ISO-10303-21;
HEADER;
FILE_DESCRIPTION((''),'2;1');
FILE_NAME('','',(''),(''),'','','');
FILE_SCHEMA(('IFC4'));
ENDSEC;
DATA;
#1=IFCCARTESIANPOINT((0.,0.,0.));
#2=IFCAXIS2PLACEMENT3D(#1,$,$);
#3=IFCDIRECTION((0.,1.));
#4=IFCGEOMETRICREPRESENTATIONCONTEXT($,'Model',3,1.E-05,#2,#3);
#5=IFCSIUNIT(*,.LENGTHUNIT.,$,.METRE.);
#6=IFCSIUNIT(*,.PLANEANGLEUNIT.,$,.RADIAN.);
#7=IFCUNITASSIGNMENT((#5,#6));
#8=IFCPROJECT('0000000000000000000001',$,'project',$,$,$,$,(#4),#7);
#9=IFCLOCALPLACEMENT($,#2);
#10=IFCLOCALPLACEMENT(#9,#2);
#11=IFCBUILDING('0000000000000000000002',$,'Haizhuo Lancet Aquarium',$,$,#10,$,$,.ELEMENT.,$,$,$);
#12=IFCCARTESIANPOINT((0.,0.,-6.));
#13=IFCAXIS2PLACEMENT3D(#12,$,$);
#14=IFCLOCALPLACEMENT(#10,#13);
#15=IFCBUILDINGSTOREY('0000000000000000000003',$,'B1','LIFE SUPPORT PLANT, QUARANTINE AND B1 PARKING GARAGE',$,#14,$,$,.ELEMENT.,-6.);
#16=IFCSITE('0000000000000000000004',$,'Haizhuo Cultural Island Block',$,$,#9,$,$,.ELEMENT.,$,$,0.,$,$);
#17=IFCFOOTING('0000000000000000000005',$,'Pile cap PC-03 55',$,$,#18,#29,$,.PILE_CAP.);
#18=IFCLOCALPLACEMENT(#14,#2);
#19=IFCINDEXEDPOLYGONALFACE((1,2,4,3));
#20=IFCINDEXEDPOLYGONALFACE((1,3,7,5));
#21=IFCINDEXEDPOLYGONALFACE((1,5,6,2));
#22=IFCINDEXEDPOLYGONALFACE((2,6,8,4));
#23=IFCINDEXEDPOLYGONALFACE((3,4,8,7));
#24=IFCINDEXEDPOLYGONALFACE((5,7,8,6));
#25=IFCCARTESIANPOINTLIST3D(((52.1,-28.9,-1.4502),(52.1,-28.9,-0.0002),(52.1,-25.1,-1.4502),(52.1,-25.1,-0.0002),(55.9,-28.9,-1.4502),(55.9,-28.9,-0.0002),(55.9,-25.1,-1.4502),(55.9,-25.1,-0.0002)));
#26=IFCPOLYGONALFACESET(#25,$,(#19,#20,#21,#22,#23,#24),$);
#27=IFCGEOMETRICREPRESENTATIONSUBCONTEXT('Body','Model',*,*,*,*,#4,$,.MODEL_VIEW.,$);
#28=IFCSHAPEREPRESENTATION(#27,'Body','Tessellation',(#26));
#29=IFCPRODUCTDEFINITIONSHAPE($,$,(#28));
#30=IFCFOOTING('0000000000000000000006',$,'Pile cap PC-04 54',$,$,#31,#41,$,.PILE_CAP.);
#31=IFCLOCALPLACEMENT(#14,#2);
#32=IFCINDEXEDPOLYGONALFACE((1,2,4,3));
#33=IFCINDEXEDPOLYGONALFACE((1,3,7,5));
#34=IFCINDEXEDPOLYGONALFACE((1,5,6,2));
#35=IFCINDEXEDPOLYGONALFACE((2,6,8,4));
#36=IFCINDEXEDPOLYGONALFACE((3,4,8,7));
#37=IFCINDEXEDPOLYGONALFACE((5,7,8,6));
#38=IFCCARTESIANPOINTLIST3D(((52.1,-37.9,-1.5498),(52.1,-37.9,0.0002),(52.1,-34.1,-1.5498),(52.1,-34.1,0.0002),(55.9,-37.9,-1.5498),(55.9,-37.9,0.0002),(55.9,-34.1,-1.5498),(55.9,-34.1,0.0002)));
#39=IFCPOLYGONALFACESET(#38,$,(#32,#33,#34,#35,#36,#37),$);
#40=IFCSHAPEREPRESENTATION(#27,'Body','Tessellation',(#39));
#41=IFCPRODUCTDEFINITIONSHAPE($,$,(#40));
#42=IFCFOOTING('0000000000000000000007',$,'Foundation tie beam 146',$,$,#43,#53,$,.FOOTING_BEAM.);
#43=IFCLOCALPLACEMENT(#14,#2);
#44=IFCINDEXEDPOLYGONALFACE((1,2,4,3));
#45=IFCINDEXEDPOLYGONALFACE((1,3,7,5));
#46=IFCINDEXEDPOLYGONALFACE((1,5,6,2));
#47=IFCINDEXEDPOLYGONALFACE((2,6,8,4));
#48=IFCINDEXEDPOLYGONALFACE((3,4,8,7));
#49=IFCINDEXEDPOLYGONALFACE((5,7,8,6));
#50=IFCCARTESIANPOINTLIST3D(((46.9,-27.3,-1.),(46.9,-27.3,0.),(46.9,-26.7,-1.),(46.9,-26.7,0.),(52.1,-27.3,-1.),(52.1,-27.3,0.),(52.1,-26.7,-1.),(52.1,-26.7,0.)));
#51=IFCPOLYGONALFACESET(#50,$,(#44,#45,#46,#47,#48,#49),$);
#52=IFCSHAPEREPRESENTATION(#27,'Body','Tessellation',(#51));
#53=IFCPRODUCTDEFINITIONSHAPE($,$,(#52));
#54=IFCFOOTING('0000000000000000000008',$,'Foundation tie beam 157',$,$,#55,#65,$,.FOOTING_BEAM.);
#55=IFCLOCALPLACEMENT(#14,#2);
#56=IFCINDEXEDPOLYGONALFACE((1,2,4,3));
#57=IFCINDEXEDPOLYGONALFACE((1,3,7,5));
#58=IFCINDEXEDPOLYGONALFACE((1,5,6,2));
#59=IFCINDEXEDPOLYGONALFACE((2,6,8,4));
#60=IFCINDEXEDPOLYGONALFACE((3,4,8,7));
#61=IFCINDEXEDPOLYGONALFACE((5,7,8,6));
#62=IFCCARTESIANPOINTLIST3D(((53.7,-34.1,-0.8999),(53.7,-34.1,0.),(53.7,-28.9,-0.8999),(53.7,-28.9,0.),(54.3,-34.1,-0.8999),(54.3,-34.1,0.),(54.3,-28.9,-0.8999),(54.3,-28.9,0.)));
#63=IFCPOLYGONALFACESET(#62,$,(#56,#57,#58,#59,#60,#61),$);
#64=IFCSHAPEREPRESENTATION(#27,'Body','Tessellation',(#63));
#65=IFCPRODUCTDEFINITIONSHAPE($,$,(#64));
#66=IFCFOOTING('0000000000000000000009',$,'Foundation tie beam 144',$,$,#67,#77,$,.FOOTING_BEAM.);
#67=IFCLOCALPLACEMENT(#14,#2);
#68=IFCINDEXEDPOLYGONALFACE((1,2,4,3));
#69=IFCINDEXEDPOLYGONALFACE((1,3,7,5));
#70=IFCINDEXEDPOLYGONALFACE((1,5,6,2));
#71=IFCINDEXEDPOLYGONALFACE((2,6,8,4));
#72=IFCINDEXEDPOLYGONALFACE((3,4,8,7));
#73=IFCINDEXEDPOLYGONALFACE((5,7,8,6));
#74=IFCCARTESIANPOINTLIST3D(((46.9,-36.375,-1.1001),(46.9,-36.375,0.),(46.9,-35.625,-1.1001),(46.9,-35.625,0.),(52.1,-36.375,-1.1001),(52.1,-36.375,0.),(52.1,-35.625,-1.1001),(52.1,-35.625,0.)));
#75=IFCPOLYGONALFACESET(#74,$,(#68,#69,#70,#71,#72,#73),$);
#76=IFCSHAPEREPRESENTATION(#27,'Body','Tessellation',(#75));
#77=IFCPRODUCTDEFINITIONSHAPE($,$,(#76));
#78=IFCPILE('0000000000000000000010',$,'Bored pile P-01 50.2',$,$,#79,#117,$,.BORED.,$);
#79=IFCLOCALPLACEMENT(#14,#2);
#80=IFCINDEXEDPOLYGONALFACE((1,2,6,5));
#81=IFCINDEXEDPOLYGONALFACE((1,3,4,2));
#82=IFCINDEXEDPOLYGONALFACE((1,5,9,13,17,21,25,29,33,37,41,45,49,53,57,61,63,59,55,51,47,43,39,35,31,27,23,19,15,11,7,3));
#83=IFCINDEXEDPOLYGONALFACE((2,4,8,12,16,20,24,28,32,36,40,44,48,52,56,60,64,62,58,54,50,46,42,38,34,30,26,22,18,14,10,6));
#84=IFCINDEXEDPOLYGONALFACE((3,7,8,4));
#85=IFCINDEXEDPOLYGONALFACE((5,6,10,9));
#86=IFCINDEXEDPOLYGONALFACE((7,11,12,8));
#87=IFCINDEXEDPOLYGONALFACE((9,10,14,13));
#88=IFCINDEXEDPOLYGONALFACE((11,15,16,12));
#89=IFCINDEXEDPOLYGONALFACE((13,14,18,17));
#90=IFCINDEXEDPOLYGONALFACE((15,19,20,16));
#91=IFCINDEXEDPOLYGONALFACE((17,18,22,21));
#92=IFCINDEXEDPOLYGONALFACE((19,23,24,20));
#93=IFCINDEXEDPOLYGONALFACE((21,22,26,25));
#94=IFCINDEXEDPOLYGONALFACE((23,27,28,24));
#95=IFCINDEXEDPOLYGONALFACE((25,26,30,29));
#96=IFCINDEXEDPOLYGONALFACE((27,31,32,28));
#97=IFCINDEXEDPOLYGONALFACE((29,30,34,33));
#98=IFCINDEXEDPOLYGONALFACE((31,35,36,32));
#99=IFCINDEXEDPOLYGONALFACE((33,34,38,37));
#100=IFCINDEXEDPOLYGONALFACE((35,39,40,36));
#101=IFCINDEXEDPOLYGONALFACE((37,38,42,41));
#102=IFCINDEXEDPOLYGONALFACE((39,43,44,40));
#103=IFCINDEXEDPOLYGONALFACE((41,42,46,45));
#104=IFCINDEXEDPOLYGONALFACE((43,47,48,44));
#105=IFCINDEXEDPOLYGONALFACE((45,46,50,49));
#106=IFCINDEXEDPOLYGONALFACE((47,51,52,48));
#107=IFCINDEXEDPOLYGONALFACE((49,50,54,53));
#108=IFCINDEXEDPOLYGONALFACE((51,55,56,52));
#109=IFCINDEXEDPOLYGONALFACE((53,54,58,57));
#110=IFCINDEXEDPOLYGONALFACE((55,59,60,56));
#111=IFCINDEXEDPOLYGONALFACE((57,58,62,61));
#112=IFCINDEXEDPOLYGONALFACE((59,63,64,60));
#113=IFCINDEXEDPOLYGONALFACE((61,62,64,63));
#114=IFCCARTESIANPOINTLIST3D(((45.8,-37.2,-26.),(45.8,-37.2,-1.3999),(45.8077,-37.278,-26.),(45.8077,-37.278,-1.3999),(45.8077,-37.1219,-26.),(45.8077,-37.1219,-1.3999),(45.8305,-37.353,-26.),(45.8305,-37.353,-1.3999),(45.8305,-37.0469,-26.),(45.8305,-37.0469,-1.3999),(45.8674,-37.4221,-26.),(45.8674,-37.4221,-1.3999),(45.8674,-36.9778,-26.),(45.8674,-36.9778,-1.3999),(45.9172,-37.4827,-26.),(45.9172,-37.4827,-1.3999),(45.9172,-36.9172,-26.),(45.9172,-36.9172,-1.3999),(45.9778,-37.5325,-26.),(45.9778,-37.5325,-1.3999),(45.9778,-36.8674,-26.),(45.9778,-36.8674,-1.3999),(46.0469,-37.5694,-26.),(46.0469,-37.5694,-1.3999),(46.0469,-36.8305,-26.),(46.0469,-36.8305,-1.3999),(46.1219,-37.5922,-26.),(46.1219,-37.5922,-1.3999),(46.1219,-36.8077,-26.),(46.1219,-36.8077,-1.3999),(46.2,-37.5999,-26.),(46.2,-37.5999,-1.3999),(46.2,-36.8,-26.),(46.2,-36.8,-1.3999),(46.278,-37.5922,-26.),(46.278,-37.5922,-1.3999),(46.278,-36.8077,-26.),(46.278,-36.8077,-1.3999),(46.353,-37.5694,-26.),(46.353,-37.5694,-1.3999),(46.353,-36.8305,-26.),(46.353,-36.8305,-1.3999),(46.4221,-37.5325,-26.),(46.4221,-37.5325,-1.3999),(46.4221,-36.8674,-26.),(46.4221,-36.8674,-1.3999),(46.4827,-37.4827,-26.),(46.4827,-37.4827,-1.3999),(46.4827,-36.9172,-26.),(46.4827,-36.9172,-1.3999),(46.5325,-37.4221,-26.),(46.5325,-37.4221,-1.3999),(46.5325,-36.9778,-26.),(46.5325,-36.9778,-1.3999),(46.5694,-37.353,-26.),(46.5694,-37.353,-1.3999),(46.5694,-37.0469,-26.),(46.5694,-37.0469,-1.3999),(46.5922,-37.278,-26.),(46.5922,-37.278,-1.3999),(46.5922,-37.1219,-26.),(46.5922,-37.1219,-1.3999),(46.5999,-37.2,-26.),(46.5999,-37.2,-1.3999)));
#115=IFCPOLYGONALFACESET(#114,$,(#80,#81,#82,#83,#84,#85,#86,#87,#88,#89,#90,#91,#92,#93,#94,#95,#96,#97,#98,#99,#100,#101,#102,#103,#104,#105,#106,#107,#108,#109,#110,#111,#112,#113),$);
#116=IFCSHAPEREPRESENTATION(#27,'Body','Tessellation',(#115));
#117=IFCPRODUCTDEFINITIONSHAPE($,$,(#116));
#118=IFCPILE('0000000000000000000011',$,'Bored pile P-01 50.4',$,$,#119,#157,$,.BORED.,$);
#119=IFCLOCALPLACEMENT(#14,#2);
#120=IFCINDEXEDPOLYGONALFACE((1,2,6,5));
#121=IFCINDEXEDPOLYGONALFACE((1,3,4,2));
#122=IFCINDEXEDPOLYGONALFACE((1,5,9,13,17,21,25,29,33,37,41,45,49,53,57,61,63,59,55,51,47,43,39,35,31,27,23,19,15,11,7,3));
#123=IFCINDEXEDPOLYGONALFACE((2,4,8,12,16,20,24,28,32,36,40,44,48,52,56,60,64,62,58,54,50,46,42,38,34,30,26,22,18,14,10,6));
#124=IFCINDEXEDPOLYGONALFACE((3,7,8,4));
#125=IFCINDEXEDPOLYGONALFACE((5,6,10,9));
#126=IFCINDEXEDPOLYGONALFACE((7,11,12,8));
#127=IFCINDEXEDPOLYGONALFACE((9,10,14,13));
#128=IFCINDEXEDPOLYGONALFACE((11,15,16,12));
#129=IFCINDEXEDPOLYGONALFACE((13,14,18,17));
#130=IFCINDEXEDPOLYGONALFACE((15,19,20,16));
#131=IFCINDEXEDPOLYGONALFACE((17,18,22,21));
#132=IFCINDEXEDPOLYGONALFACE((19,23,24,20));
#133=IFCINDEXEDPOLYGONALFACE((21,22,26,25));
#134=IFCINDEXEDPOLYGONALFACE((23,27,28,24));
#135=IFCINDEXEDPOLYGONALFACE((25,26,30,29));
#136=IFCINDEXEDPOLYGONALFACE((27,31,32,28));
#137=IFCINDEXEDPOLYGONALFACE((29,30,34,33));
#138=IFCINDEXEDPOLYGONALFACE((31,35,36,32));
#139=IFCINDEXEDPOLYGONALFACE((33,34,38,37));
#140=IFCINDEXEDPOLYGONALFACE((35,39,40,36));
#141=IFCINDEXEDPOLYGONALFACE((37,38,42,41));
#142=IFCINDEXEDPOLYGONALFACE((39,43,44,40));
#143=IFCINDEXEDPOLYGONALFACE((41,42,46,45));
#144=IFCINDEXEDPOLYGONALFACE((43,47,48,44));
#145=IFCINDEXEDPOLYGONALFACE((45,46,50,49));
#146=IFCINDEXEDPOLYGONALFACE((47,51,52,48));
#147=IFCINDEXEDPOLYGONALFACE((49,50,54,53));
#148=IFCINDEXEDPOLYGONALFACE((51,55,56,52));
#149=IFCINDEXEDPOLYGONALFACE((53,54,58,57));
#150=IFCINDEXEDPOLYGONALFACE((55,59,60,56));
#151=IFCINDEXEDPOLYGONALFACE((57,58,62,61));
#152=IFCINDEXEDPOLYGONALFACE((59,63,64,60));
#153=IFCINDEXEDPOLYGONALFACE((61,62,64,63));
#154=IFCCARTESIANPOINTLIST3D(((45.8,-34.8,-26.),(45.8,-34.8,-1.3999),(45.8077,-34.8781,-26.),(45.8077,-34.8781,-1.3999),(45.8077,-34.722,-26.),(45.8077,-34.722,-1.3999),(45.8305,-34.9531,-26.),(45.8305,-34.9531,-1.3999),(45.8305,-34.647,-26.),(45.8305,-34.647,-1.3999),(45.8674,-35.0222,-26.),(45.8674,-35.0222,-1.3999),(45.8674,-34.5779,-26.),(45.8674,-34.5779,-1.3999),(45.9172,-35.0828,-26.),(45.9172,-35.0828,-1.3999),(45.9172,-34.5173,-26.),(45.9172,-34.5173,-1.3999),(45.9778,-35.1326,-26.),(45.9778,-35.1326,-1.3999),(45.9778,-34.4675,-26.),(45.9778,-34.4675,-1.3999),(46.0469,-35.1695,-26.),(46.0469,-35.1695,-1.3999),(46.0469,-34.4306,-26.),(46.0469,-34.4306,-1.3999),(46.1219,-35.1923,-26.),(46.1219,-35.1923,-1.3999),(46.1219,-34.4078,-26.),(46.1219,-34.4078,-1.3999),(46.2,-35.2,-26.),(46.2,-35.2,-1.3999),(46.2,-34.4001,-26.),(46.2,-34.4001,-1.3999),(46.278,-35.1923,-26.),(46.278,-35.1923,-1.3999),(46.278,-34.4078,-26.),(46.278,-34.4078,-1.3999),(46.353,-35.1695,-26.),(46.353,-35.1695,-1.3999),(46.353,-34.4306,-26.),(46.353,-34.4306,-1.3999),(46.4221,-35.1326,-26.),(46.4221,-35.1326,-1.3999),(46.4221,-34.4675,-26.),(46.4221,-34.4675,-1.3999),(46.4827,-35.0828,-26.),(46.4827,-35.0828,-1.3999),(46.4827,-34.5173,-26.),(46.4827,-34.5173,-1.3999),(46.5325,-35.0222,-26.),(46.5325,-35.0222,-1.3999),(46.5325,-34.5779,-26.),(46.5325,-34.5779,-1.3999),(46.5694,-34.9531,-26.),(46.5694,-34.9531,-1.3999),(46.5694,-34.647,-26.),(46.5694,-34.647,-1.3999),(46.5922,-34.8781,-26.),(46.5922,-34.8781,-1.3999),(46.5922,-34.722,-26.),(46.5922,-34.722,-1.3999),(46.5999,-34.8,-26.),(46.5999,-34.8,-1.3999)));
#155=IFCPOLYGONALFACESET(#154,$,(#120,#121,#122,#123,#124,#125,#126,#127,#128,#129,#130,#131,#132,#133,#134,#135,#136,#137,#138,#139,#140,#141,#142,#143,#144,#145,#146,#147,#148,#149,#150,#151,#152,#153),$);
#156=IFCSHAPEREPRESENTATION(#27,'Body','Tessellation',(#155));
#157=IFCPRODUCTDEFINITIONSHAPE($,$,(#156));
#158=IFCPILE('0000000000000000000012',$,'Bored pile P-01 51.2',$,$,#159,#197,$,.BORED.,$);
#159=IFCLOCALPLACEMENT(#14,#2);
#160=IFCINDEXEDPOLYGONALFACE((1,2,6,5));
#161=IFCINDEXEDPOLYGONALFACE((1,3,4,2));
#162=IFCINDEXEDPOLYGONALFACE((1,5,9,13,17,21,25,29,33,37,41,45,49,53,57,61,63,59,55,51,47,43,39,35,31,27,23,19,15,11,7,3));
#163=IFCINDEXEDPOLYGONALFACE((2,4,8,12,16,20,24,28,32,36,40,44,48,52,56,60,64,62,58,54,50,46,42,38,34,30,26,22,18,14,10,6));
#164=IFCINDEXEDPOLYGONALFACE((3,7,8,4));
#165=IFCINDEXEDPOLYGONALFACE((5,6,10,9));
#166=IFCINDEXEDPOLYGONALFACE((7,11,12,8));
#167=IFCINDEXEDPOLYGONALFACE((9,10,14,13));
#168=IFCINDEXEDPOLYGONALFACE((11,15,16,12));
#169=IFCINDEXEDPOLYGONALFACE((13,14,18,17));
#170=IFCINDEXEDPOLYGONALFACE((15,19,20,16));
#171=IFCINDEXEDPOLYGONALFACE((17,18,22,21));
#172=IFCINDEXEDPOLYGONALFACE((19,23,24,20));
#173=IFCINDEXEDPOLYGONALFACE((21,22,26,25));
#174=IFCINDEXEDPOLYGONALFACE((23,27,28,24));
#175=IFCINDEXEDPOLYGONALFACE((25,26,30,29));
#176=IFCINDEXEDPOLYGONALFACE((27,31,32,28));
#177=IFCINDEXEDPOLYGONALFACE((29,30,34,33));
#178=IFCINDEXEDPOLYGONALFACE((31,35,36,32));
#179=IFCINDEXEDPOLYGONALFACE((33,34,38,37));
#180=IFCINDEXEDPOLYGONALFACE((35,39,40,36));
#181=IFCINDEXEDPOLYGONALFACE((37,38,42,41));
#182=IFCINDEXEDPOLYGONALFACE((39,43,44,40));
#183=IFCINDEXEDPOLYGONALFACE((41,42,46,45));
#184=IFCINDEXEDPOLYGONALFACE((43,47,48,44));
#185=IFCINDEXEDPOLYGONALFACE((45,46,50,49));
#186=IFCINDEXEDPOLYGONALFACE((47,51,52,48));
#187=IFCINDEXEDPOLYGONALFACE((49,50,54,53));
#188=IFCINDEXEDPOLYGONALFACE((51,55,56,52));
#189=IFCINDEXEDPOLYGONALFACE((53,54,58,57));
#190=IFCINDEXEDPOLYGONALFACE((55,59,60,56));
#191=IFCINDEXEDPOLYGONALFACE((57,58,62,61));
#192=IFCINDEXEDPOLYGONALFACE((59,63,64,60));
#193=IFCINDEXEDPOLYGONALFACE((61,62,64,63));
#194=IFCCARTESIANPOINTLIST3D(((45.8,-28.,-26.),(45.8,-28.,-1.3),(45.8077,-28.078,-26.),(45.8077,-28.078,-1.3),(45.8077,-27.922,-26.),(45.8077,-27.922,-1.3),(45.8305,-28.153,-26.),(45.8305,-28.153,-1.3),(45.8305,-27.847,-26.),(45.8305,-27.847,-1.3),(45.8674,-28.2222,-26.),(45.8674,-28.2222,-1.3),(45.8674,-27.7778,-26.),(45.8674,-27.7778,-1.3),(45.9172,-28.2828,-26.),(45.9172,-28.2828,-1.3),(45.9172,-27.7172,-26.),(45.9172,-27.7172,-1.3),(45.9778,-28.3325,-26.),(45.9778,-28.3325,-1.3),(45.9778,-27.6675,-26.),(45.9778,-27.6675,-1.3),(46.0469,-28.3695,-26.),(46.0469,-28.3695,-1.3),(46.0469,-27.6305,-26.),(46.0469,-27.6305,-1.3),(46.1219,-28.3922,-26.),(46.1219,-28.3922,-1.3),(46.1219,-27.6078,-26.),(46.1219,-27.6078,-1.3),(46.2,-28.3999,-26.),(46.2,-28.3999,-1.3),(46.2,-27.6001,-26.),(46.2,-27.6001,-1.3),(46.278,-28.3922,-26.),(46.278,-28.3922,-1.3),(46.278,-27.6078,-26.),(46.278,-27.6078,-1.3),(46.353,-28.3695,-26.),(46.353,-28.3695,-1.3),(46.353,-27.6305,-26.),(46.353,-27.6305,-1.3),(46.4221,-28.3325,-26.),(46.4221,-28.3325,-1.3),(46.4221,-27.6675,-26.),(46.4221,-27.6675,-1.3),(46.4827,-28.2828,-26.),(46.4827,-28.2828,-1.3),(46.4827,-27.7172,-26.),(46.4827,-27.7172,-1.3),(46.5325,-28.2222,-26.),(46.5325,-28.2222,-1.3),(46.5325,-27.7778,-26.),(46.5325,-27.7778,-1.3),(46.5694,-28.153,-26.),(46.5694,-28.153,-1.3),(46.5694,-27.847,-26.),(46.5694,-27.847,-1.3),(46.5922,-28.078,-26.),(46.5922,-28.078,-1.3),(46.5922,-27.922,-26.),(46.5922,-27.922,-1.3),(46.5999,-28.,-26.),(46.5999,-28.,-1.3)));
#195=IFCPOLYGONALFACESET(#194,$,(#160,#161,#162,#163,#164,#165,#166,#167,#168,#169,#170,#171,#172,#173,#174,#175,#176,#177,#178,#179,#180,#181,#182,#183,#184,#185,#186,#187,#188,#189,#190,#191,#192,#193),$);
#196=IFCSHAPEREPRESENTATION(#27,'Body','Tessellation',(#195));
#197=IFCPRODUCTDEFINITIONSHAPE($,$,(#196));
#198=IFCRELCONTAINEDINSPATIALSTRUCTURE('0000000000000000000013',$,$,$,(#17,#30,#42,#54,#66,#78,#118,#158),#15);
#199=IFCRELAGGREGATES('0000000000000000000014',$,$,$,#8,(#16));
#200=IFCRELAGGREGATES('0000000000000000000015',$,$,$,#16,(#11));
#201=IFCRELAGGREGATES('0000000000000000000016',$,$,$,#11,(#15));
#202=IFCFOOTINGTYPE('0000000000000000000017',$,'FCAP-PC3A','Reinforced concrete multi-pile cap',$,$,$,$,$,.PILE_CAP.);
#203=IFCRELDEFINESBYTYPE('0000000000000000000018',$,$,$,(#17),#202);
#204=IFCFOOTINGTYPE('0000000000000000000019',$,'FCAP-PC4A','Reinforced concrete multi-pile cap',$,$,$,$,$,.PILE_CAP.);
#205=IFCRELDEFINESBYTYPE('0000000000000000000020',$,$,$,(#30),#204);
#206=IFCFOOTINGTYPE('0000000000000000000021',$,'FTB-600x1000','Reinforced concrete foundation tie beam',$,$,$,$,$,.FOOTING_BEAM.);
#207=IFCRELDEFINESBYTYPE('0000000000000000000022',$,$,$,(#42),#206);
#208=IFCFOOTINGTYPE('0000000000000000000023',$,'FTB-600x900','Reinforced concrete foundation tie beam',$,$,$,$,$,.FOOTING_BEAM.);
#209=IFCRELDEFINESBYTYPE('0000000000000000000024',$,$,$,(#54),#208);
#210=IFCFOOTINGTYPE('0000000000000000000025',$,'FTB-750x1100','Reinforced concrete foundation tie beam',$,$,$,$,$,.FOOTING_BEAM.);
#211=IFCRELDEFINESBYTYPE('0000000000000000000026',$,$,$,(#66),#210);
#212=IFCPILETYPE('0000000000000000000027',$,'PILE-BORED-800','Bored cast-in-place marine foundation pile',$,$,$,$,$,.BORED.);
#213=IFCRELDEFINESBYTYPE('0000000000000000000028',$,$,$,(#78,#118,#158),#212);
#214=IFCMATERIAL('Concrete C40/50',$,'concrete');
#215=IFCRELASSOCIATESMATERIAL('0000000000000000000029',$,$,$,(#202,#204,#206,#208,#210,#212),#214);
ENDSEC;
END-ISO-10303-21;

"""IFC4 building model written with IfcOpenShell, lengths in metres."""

from ifc_helpers import new_model, si_unit, direction, frame, origin, origin_2d, place, context, subcontext, project, spatial, rectangle, circle, extrude, material, material_profile, profile_set, type_object, element, save


model = new_model("IFC4")

# Units and contexts
model_context = context("Model", 3, precision=1e-05, world=origin(), true_north=direction((0.0, 1.0)))
body_context = subcontext(model_context, "Body", "Model", "MODEL_VIEW")
ifc_project = project(units=[si_unit("LENGTHUNIT", "METRE"), si_unit("PLANEANGLEUNIT", "RADIAN")], contexts=[model_context])

# Site, building, storey
site_placement = place(None, origin())
site = spatial("IfcSite", under=ifc_project, at=site_placement, Name="Haizhuo Cultural Island Block", CompositionType="ELEMENT", RefElevation=0.0)
building_placement = place(site_placement, origin())
building = spatial("IfcBuilding", under=site, at=building_placement, Name="Haizhuo Lancet Aquarium", CompositionType="ELEMENT")
storey_placement = place(building_placement, frame((0.0, 0.0, -6.0)))
storey = spatial("IfcBuildingStorey", under=building, at=storey_placement, Name="B1", Description="LIFE SUPPORT PLANT, QUARANTINE AND B1 PARKING GARAGE", CompositionType="ELEMENT", Elevation=-6.0)

# Footings
ifc_material_1 = material(Name="Concrete C40/50", Category="concrete")
footing_type_1 = type_object("IfcFootingType", Name="FCAP-PC3A", Description="Reinforced concrete multi-pile cap", PredefinedType="PILE_CAP", material=ifc_material_1)
footing_1_placement = place(storey_placement, frame((54.0, -27.0, -1.4502), z_axis=(0.0, 0.0, 1.0), x_axis=(1.0, 0.0, 0.0)))
element("IfcFooting", 1, at=footing_1_placement, inside=storey, type_object=footing_type_1, Name="Pile cap PC-03 55", PredefinedType="PILE_CAP", context=body_context, shape_type="SweptSolid", body=[
    extrude(rectangle(XDim=3.8, YDim=3.8, at=origin_2d()), origin(), (0.0, 0.0, 1.0), 1.45),
])
footing_type_2 = type_object("IfcFootingType", Name="FCAP-PC4A", Description="Reinforced concrete multi-pile cap", PredefinedType="PILE_CAP", material=ifc_material_1)
footing_2_placement = place(storey_placement, frame((54.0, -36.0, -1.5498), z_axis=(0.0, 0.0, 1.0), x_axis=(1.0, 0.0, 0.0)))
element("IfcFooting", 2, at=footing_2_placement, inside=storey, type_object=footing_type_2, Name="Pile cap PC-04 54", PredefinedType="PILE_CAP", context=body_context, shape_type="SweptSolid", body=[
    extrude(rectangle(XDim=3.8, YDim=3.8, at=origin_2d()), origin(), (0.0, 0.0, 1.0), 1.55),
])
footing_type_3 = type_object("IfcFootingType", Name="FTB-600x1000", Description="Reinforced concrete foundation tie beam", PredefinedType="FOOTING_BEAM", material=ifc_material_1)
footing_3_placement = place(storey_placement, frame((49.5, -27.0, -1.0), z_axis=(0.0, 0.0, 1.0), x_axis=(1.0, 0.0, 0.0)))
element("IfcFooting", 3, at=footing_3_placement, inside=storey, type_object=footing_type_3, Name="Foundation tie beam 146", PredefinedType="FOOTING_BEAM", context=body_context, shape_type="SweptSolid", body=[
    extrude(rectangle(XDim=5.2, YDim=0.6001, at=origin_2d()), origin(), (0.0, 0.0, 1.0), 1.0),
])
footing_type_4 = type_object("IfcFootingType", Name="FTB-600x900", Description="Reinforced concrete foundation tie beam", PredefinedType="FOOTING_BEAM", material=ifc_material_1)
footing_4_placement = place(storey_placement, frame((54.0, -31.5, -0.8999), z_axis=(0.0, 0.0, 1.0), x_axis=(0.0, 1.0, 0.0)))
element("IfcFooting", 4, at=footing_4_placement, inside=storey, type_object=footing_type_4, Name="Foundation tie beam 157", PredefinedType="FOOTING_BEAM", context=body_context, shape_type="SweptSolid", body=[
    extrude(rectangle(XDim=5.2, YDim=0.6001, at=origin_2d()), origin(), (0.0, 0.0, 1.0), 0.8999),
])
footing_type_5 = type_object("IfcFootingType", Name="FTB-750x1100", Description="Reinforced concrete foundation tie beam", PredefinedType="FOOTING_BEAM", material=ifc_material_1)
footing_5_placement = place(storey_placement, frame((49.5, -36.0, -1.1001), z_axis=(0.0, 0.0, 1.0), x_axis=(1.0, 0.0, 0.0)))
element("IfcFooting", 5, at=footing_5_placement, inside=storey, type_object=footing_type_5, Name="Foundation tie beam 144", PredefinedType="FOOTING_BEAM", context=body_context, shape_type="SweptSolid", body=[
    extrude(rectangle(XDim=5.2, YDim=0.75, at=origin_2d()), origin(), (0.0, 0.0, 1.0), 1.1001),
])

# Piles
ifc_material_profile_1 = material_profile(ifc_material_1, circle(Radius=0.3999, at=origin_2d()), Name="PILE-800")
ifc_profile_set_1 = profile_set([ifc_material_profile_1], Name="Concrete C40/50")
pile_type = type_object("IfcPileType", Name="PILE-BORED-800", Description="Bored cast-in-place marine foundation pile", PredefinedType="BORED", material=ifc_profile_set_1)
for number, where, z_axis, x_axis, name in (
    (6, (46.2, -37.2, -1.3999), (0.0, 0.0, -1.0), (1.0, 0.0, 0.0), "Bored pile P-01 50.2"),
    (7, (46.2, -34.8, -1.3999), (0.0, 0.0, -1.0), (1.0, 0.0, 0.0), "Bored pile P-01 50.4"),
):
    element("IfcPile", number, at=place(storey_placement, frame(where, z_axis=z_axis, x_axis=x_axis)), inside=storey, type_object=pile_type, Name=name, PredefinedType="BORED", context=body_context, shape_type="SweptSolid", body=[
        extrude(circle(Radius=0.3999, at=origin_2d()), origin(), (0.0, 0.0, 1.0), 24.6001),
    ])
for number, where, z_axis, x_axis, name in (
    (8, (46.2, -28.0, -1.3), (0.0, 0.0, -1.0), (1.0, 0.0, 0.0), "Bored pile P-01 51.2"),
):
    element("IfcPile", number, at=place(storey_placement, frame(where, z_axis=z_axis, x_axis=x_axis)), inside=storey, type_object=pile_type, Name=name, PredefinedType="BORED", context=body_context, shape_type="SweptSolid", body=[
        extrude(circle(Radius=0.3999, at=origin_2d()), origin(), (0.0, 0.0, 1.0), 24.7),
    ])

save(model, "model.ifc")
